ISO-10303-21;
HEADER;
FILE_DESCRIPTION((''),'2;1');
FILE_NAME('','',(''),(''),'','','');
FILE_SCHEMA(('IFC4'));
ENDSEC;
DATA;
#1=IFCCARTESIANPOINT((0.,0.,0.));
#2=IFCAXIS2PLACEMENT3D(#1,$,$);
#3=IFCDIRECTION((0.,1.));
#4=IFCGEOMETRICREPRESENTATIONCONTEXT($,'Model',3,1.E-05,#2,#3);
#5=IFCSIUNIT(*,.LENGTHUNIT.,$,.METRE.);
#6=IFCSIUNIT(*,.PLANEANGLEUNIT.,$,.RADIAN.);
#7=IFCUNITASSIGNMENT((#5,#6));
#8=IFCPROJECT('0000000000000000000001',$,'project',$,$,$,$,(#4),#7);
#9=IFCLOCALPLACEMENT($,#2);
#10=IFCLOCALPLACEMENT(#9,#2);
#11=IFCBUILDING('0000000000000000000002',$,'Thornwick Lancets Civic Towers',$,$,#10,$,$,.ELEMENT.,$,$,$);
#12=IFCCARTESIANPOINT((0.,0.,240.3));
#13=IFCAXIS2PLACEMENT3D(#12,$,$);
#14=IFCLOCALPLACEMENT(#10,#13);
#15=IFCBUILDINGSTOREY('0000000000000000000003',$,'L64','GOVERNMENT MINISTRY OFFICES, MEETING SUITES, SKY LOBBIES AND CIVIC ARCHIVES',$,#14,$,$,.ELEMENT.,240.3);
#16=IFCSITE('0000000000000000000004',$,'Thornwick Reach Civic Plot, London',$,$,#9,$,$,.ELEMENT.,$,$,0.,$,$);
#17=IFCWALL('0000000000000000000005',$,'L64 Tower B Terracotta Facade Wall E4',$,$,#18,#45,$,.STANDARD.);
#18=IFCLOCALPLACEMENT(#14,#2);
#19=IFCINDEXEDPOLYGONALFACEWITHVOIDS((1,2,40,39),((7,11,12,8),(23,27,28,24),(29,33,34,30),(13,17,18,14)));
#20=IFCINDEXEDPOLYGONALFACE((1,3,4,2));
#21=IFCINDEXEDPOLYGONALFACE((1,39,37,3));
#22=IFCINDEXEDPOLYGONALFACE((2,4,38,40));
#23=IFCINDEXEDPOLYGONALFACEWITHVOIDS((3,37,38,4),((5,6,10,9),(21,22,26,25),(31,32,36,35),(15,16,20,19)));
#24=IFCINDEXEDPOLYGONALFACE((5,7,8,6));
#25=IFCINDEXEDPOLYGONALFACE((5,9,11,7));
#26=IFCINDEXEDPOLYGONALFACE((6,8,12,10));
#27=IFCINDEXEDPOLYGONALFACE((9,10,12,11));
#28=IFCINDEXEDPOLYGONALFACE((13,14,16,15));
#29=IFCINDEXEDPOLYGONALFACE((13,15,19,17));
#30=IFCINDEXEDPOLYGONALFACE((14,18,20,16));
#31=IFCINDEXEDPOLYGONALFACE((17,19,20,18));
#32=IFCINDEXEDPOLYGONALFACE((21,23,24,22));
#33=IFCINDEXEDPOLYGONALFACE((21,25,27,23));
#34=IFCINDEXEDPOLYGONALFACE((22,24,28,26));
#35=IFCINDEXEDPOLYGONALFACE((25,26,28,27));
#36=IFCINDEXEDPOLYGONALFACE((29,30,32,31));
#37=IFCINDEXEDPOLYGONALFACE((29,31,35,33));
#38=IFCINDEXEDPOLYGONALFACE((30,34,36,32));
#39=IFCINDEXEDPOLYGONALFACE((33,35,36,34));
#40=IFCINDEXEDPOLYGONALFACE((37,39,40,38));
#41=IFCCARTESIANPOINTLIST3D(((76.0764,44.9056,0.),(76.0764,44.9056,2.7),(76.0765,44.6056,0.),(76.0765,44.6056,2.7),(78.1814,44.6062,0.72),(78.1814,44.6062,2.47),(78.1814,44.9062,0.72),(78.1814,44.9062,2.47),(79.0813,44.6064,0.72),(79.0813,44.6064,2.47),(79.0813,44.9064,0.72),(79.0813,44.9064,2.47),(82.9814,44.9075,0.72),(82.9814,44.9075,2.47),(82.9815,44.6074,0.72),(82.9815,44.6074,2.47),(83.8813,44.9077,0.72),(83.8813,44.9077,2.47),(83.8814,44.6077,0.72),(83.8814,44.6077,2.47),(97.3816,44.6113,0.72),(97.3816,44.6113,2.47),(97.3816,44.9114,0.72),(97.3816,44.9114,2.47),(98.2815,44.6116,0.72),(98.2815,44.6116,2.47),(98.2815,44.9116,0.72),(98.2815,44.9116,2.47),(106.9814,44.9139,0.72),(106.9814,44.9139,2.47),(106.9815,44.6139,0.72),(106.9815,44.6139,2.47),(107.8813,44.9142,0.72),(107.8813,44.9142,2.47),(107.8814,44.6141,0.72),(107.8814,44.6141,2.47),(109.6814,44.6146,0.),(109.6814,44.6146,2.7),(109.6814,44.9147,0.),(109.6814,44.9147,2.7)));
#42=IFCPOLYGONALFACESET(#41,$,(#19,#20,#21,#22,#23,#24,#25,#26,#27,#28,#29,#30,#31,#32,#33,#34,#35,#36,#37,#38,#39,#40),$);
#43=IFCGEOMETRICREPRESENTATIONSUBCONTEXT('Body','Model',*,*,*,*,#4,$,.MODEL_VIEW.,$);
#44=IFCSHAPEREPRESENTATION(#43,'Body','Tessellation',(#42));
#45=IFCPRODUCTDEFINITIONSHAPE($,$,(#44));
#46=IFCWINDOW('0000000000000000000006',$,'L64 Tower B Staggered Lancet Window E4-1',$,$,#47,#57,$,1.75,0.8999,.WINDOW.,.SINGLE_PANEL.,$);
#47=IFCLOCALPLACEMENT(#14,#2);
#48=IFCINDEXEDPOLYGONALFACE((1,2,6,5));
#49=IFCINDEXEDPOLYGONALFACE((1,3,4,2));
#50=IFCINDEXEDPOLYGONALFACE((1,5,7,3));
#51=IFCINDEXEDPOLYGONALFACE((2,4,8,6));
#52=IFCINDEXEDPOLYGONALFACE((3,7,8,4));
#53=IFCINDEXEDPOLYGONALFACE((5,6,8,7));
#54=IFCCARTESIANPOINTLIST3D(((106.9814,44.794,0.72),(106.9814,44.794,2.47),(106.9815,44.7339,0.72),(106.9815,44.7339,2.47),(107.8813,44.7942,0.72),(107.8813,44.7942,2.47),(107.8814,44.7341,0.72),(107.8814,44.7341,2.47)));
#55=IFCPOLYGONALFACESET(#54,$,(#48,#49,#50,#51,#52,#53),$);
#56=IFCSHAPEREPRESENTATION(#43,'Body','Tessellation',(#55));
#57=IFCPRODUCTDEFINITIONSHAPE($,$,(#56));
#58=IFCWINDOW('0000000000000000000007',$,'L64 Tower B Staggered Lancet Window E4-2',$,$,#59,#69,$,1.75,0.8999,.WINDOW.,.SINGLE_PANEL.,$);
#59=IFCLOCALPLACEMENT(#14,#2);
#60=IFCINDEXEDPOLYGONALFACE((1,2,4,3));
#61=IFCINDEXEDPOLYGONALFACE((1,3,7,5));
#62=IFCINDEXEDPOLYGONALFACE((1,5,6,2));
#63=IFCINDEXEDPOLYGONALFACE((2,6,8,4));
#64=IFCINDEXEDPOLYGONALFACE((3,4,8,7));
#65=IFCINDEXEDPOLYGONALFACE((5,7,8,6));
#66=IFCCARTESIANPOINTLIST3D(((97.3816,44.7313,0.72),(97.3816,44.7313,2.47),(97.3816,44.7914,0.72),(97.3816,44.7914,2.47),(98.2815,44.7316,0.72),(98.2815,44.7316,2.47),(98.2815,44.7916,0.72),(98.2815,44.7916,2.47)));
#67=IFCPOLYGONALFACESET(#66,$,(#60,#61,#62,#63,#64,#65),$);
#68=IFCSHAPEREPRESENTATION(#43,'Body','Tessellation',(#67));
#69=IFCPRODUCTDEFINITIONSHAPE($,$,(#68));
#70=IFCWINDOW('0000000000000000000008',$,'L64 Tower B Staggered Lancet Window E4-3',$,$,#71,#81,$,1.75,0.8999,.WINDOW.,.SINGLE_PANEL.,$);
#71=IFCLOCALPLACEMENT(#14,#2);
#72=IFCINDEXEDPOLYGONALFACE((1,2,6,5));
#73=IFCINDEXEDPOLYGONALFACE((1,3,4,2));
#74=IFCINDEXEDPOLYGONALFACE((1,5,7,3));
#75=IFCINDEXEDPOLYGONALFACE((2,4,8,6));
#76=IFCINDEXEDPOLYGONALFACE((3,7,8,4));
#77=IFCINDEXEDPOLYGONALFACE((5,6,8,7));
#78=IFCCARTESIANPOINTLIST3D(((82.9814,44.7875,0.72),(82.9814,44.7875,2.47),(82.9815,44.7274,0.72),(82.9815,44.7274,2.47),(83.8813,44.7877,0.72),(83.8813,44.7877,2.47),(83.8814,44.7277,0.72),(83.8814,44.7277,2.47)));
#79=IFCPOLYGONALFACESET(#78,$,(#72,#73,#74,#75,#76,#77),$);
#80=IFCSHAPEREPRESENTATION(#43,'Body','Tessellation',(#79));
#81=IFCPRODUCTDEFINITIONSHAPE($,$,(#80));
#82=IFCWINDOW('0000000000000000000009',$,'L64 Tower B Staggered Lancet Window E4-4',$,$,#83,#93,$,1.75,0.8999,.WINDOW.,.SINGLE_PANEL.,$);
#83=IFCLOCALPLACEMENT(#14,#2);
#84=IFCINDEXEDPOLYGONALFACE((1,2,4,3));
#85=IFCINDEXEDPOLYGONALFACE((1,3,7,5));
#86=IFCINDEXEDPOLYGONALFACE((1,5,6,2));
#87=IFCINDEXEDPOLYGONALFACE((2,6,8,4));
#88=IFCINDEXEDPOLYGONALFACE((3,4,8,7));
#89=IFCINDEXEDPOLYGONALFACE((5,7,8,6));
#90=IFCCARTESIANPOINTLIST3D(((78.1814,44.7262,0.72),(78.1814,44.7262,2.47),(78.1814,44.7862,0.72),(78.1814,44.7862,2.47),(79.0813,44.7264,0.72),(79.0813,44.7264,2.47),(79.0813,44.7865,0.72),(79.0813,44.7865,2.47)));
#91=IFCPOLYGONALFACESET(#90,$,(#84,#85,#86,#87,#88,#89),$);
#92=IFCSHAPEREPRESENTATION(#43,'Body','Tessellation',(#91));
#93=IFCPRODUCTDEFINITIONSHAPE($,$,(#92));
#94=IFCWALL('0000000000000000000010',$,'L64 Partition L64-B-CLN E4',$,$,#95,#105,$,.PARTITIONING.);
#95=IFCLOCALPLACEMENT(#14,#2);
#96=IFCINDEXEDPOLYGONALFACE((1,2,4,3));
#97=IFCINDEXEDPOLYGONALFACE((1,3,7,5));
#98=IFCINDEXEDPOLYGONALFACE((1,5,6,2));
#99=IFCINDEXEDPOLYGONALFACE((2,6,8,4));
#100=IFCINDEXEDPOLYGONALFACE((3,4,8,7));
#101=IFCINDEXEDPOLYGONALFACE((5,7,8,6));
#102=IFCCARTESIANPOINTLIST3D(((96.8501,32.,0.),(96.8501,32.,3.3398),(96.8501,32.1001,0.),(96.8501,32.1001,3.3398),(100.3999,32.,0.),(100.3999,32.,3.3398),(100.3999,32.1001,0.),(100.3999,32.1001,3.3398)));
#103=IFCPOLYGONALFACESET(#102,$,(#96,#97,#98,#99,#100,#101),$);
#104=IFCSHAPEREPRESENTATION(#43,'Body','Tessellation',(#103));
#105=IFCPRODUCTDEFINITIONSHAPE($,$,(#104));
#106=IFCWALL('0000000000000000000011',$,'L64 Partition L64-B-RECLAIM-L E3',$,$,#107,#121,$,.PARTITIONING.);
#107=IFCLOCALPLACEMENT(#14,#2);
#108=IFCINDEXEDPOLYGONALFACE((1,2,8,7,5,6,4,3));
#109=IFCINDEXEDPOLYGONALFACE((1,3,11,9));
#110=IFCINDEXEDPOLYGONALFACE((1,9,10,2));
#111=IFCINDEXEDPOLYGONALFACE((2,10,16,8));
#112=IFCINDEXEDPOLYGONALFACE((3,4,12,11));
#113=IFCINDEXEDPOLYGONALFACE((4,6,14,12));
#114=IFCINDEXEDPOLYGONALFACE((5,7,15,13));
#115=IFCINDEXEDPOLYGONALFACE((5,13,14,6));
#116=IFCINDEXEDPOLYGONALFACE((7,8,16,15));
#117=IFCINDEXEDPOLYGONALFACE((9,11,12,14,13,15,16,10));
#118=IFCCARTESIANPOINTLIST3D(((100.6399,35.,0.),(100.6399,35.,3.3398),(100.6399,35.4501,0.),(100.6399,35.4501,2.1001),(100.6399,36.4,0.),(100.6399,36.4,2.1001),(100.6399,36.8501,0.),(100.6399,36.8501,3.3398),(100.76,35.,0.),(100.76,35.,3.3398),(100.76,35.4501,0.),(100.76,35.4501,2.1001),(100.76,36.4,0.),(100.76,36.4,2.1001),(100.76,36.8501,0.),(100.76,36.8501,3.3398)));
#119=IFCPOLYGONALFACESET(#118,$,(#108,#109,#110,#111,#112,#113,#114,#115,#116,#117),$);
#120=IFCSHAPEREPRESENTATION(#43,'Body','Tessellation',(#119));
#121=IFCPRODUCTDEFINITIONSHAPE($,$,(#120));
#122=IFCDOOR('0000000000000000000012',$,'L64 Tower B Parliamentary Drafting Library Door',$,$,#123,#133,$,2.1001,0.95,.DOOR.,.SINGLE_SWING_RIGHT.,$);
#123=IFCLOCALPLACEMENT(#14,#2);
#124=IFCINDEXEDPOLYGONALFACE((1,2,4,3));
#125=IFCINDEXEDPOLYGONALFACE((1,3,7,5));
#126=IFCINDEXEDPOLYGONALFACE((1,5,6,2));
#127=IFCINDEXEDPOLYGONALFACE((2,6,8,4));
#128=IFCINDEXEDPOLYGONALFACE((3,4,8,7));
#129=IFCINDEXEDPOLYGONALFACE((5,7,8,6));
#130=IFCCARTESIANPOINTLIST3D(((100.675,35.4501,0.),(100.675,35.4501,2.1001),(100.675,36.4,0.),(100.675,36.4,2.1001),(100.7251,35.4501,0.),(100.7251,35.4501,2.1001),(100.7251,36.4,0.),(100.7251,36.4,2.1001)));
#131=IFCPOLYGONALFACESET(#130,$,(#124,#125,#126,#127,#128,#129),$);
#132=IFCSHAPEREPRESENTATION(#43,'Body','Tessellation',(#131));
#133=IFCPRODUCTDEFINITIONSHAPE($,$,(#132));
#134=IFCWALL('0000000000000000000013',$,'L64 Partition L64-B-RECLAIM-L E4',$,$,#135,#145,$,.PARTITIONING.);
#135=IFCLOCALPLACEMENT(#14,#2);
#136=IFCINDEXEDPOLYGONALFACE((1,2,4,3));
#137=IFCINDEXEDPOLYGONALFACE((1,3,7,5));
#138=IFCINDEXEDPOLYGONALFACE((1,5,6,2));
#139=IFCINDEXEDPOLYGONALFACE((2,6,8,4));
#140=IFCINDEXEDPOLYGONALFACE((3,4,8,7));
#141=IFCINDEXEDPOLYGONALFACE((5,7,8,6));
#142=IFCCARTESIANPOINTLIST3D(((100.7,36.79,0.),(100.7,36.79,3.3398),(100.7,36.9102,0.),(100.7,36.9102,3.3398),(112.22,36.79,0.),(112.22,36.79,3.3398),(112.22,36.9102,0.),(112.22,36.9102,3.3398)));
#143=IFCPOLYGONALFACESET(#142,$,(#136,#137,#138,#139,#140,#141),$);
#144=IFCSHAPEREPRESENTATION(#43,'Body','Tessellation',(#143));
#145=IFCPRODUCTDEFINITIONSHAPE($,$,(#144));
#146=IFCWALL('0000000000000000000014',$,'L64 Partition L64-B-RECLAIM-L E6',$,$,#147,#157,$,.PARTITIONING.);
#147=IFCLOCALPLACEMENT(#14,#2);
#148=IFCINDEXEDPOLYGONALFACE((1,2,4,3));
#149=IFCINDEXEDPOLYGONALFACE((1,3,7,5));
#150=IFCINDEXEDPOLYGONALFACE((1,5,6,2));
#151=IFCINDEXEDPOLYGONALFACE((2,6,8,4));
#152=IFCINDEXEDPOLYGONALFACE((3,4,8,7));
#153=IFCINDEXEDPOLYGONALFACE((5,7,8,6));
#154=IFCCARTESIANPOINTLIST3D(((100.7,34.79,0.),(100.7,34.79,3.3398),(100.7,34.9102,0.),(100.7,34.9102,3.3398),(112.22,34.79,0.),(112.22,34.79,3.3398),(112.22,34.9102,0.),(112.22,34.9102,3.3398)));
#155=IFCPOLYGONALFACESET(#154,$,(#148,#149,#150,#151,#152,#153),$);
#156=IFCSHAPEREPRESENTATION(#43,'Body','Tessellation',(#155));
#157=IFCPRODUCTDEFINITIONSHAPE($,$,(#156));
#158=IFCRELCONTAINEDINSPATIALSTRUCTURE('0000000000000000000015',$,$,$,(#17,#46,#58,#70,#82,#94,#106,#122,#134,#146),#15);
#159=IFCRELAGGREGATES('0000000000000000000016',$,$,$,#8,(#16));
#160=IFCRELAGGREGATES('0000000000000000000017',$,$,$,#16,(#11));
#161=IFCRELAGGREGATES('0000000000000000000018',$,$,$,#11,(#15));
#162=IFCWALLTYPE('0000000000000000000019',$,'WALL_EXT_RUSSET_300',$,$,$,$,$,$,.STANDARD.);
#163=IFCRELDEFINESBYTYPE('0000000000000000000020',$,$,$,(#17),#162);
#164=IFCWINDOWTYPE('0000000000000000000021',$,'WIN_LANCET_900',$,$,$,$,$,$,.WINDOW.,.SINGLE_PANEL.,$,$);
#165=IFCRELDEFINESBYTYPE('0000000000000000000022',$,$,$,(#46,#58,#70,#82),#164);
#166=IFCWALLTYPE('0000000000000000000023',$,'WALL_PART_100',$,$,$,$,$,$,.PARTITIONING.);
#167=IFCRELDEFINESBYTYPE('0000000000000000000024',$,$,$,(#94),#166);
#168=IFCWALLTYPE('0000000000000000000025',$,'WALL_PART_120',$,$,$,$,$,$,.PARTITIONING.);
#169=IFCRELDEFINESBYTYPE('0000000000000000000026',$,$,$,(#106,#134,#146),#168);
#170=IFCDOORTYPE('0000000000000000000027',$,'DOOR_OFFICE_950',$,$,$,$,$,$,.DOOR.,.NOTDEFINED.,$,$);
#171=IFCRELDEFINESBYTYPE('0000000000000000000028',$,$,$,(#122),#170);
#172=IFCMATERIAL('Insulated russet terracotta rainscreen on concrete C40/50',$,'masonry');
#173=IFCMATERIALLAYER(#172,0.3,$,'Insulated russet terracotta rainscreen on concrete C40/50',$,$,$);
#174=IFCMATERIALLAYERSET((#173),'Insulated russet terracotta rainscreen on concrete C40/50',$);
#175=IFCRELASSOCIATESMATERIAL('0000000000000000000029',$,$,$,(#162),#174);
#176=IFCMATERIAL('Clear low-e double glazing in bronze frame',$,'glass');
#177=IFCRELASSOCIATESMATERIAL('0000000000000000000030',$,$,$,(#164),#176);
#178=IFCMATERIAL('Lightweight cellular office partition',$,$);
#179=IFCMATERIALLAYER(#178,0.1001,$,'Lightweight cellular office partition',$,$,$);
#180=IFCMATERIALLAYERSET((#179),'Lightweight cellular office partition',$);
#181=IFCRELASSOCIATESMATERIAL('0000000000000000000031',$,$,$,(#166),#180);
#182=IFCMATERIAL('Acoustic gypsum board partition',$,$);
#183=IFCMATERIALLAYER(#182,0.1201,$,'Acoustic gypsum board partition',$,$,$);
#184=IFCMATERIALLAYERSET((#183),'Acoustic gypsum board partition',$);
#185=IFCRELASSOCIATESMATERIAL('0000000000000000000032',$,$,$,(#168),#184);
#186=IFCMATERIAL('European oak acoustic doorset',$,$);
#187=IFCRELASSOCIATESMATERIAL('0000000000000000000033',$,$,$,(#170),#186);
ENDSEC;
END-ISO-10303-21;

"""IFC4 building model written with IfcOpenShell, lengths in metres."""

from ifc_helpers import new_model, si_unit, direction, frame, frame_2d, origin, place, context, subcontext, project, spatial, rectangle, extrude, material, layer, layer_set, type_object, element, fill, save


model = new_model("IFC4")

# Units and contexts
model_context = context("Model", 3, precision=1e-05, world=origin(), true_north=direction((0.0, 1.0)))
body_context = subcontext(model_context, "Body", "Model", "MODEL_VIEW")
ifc_project = project(units=[si_unit("LENGTHUNIT", "METRE"), si_unit("PLANEANGLEUNIT", "RADIAN")], contexts=[model_context])

# Site, building, storey
site_placement = place(None, origin())
site = spatial("IfcSite", under=ifc_project, at=site_placement, Name="Thornwick Reach Civic Plot, London", CompositionType="ELEMENT", RefElevation=0.0)
building_placement = place(site_placement, origin())
building = spatial("IfcBuilding", under=site, at=building_placement, Name="Thornwick Lancets Civic Towers", CompositionType="ELEMENT")
storey_placement = place(building_placement, frame((0.0, 0.0, 240.3)))
storey = spatial("IfcBuildingStorey", under=building, at=storey_placement, Name="L64", Description="GOVERNMENT MINISTRY OFFICES, MEETING SUITES, SKY LOBBIES AND CIVIC ARCHIVES", CompositionType="ELEMENT", Elevation=240.3)

# Wall, openings, windows
ifc_material_1 = material(Name="Insulated russet terracotta rainscreen on concrete C40/50", Category="masonry")
ifc_layer_1 = layer(ifc_material_1, 0.3, Name="Insulated russet terracotta rainscreen on concrete C40/50")
ifc_layer_set_1 = layer_set([ifc_layer_1], Name="Insulated russet terracotta rainscreen on concrete C40/50")
wall_type_1 = type_object("IfcWallType", Name="WALL_EXT_RUSSET_300", PredefinedType="STANDARD", material=ifc_layer_set_1)
wall_1_placement = place(storey_placement, frame((109.6814, 44.7646, 0.0), z_axis=(0.0, 0.0, 1.0), x_axis=(-1.0, -0.000269, 0.0)))
wall_1 = element("IfcWall", 1, at=wall_1_placement, inside=storey, type_object=wall_type_1, Name="L64 Tower B Terracotta Facade Wall E4", PredefinedType="STANDARD", context=body_context, shape_type="SweptSolid", body=[
    extrude(rectangle(XDim=33.605, YDim=0.3, at=frame_2d((16.8025, 0.0))), origin(), (0.0, 0.0, 1.0), 2.7),
])
opening_1_placement = place(wall_1_placement, frame((1.8, 0.0, 0.72)))
opening_1 = element("IfcOpeningElement", 2, at=opening_1_placement, cuts=wall_1, PredefinedType="OPENING", context=body_context, shape_type="SweptSolid", body=[
    extrude(rectangle(XDim=0.8999, YDim=1.75, at=frame_2d((0.45, 0.875))), frame((0.0, 0.1602, 0.0), z_axis=(0.0, -1.0, 0.0), x_axis=(1.0, 0.0, 0.0)), (0.0, 0.0, 1.0), 0.3201),
])
opening_2_placement = place(wall_1_placement, frame((11.3999, 0.0, 0.72)))
opening_2 = element("IfcOpeningElement", 3, at=opening_2_placement, cuts=wall_1, PredefinedType="OPENING", context=body_context, shape_type="SweptSolid", body=[
    extrude(rectangle(XDim=0.8999, YDim=1.75, at=frame_2d((0.45, 0.875))), frame((0.0, 0.1602, 0.0), z_axis=(0.0, -1.0, 0.0), x_axis=(1.0, 0.0, 0.0)), (0.0, 0.0, 1.0), 0.3201),
])
opening_3_placement = place(wall_1_placement, frame((25.8, 0.0, 0.72)))
opening_3 = element("IfcOpeningElement", 4, at=opening_3_placement, cuts=wall_1, PredefinedType="OPENING", context=body_context, shape_type="SweptSolid", body=[
    extrude(rectangle(XDim=0.8999, YDim=1.75, at=frame_2d((0.45, 0.875))), frame((0.0, 0.1602, 0.0), z_axis=(0.0, -1.0, 0.0), x_axis=(1.0, 0.0, 0.0)), (0.0, 0.0, 1.0), 0.3201),
])
opening_4_placement = place(wall_1_placement, frame((30.6001, 0.0, 0.72)))
opening_4 = element("IfcOpeningElement", 5, at=opening_4_placement, cuts=wall_1, PredefinedType="OPENING", context=body_context, shape_type="SweptSolid", body=[
    extrude(rectangle(XDim=0.8999, YDim=1.75, at=frame_2d((0.45, 0.875))), frame((0.0, 0.1602, 0.0), z_axis=(0.0, -1.0, 0.0), x_axis=(1.0, 0.0, 0.0)), (0.0, 0.0, 1.0), 0.3201),
])
ifc_material_2 = material(Name="Clear low-e double glazing in bronze frame", Category="glass")
window_type = type_object("IfcWindowType", Name="WIN_LANCET_900", PartitioningType="SINGLE_PANEL", PredefinedType="WINDOW", material=ifc_material_2)
window_1_placement = place(opening_1_placement, origin())
window_1 = element("IfcWindow", 6, at=window_1_placement, inside=storey, type_object=window_type, Name="L64 Tower B Staggered Lancet Window E4-1", OverallHeight=1.75, OverallWidth=0.8999, PartitioningType="SINGLE_PANEL", PredefinedType="WINDOW", context=body_context, shape_type="SweptSolid", body=[
    extrude(rectangle(XDim=0.8999, YDim=1.75, at=frame_2d((0.45, 0.875))), frame((0.0, 0.03, 0.0), z_axis=(0.0, -1.0, 0.0), x_axis=(1.0, 0.0, 0.0)), (0.0, 0.0, 1.0), 0.0601),
])
fill(opening_1, window_1)
window_2_placement = place(opening_2_placement, origin())
window_2 = element("IfcWindow", 7, at=window_2_placement, inside=storey, type_object=window_type, Name="L64 Tower B Staggered Lancet Window E4-2", OverallHeight=1.75, OverallWidth=0.8999, PartitioningType="SINGLE_PANEL", PredefinedType="WINDOW", context=body_context, shape_type="SweptSolid", body=[
    extrude(rectangle(XDim=0.8999, YDim=1.75, at=frame_2d((0.45, 0.875))), frame((0.0, 0.03, 0.0), z_axis=(0.0, -1.0, 0.0), x_axis=(1.0, 0.0, 0.0)), (0.0, 0.0, 1.0), 0.0601),
])
fill(opening_2, window_2)
window_3_placement = place(opening_3_placement, origin())
window_3 = element("IfcWindow", 8, at=window_3_placement, inside=storey, type_object=window_type, Name="L64 Tower B Staggered Lancet Window E4-3", OverallHeight=1.75, OverallWidth=0.8999, PartitioningType="SINGLE_PANEL", PredefinedType="WINDOW", context=body_context, shape_type="SweptSolid", body=[
    extrude(rectangle(XDim=0.8999, YDim=1.75, at=frame_2d((0.45, 0.875))), frame((0.0, 0.03, 0.0), z_axis=(0.0, -1.0, 0.0), x_axis=(1.0, 0.0, 0.0)), (0.0, 0.0, 1.0), 0.0601),
])
fill(opening_3, window_3)
window_4_placement = place(opening_4_placement, origin())
window_4 = element("IfcWindow", 9, at=window_4_placement, inside=storey, type_object=window_type, Name="L64 Tower B Staggered Lancet Window E4-4", OverallHeight=1.75, OverallWidth=0.8999, PartitioningType="SINGLE_PANEL", PredefinedType="WINDOW", context=body_context, shape_type="SweptSolid", body=[
    extrude(rectangle(XDim=0.8999, YDim=1.75, at=frame_2d((0.45, 0.875))), frame((0.0, 0.03, 0.0), z_axis=(0.0, -1.0, 0.0), x_axis=(1.0, 0.0, 0.0)), (0.0, 0.0, 1.0), 0.0601),
])
fill(opening_4, window_4)

# Wall
ifc_material_3 = material(Name="Lightweight cellular office partition")
ifc_layer_2 = layer(ifc_material_3, 0.1001, Name="Lightweight cellular office partition")
ifc_layer_set_2 = layer_set([ifc_layer_2], Name="Lightweight cellular office partition")
wall_type_2 = type_object("IfcWallType", Name="WALL_PART_100", PredefinedType="PARTITIONING", material=ifc_layer_set_2)
wall_2_placement = place(storey_placement, frame((100.3999, 32.05, 0.0), z_axis=(0.0, 0.0, 1.0), x_axis=(-1.0, 0.0, 0.0)))
element("IfcWall", 10, at=wall_2_placement, inside=storey, type_object=wall_type_2, Name="L64 Partition L64-B-CLN E4", PredefinedType="PARTITIONING", context=body_context, shape_type="SweptSolid", body=[
    extrude(rectangle(XDim=3.5498, YDim=0.1001, at=frame_2d((1.7749, 0.0))), origin(), (0.0, 0.0, 1.0), 3.3398),
])

# Wall, opening, door
ifc_material_4 = material(Name="Acoustic gypsum board partition")
ifc_layer_3 = layer(ifc_material_4, 0.1201, Name="Acoustic gypsum board partition")
ifc_layer_set_3 = layer_set([ifc_layer_3], Name="Acoustic gypsum board partition")
wall_type_3 = type_object("IfcWallType", Name="WALL_PART_120", PredefinedType="PARTITIONING", material=ifc_layer_set_3)
wall_3_placement = place(storey_placement, frame((100.7, 35.0, 0.0), z_axis=(0.0, 0.0, 1.0), x_axis=(0.0, 1.0, 0.0)))
wall_3 = element("IfcWall", 11, at=wall_3_placement, inside=storey, type_object=wall_type_3, Name="L64 Partition L64-B-RECLAIM-L E3", PredefinedType="PARTITIONING", context=body_context, shape_type="SweptSolid", body=[
    extrude(rectangle(XDim=1.8501, YDim=0.1201, at=frame_2d((0.925, 0.0))), origin(), (0.0, 0.0, 1.0), 3.3398),
])
opening_5_placement = place(wall_3_placement, frame((0.45, 0.0, 0.0)))
opening_5 = element("IfcOpeningElement", 12, at=opening_5_placement, cuts=wall_3, PredefinedType="OPENING", context=body_context, shape_type="SweptSolid", body=[
    extrude(rectangle(XDim=0.95, YDim=2.1001, at=frame_2d((0.4751, 1.05))), frame((0.0, 0.0701, 0.0), z_axis=(0.0, -1.0, 0.0), x_axis=(1.0, 0.0, 0.0)), (0.0, 0.0, 1.0), 0.1401),
])
ifc_material_5 = material(Name="European oak acoustic doorset")
door_type_1 = type_object("IfcDoorType", Name="DOOR_OFFICE_950", OperationType="NOTDEFINED", PredefinedType="DOOR", material=ifc_material_5)
door_1_placement = place(opening_5_placement, origin())
door_1 = element("IfcDoor", 13, at=door_1_placement, inside=storey, type_object=door_type_1, Name="L64 Tower B Parliamentary Drafting Library Door", OperationType="SINGLE_SWING_RIGHT", OverallHeight=2.1001, OverallWidth=0.95, PredefinedType="DOOR", context=body_context, shape_type="SweptSolid", body=[
    extrude(rectangle(XDim=0.95, YDim=2.1001, at=frame_2d((0.4751, 1.05))), frame((0.0, 0.0249, 0.0), z_axis=(0.0, -1.0, 0.0), x_axis=(1.0, 0.0, 0.0)), (0.0, 0.0, 1.0), 0.05),
])
fill(opening_5, door_1)

# Walls
for number, where, z_axis, x_axis, name in (
    (14, (100.7, 36.8501, 0.0), (0.0, 0.0, 1.0), (1.0, 0.0, 0.0), "L64 Partition L64-B-RECLAIM-L E4"),
    (15, (112.22, 34.8501, 0.0), (0.0, 0.0, 1.0), (-1.0, 0.0, 0.0), "L64 Partition L64-B-RECLAIM-L E6"),
):
    element("IfcWall", number, at=place(storey_placement, frame(where, z_axis=z_axis, x_axis=x_axis)), inside=storey, type_object=wall_type_3, Name=name, PredefinedType="PARTITIONING", context=body_context, shape_type="SweptSolid", body=[
        extrude(rectangle(XDim=11.52, YDim=0.1201, at=frame_2d((5.76, 0.0))), origin(), (0.0, 0.0, 1.0), 3.3398),
    ])

save(model, "model.ifc")
